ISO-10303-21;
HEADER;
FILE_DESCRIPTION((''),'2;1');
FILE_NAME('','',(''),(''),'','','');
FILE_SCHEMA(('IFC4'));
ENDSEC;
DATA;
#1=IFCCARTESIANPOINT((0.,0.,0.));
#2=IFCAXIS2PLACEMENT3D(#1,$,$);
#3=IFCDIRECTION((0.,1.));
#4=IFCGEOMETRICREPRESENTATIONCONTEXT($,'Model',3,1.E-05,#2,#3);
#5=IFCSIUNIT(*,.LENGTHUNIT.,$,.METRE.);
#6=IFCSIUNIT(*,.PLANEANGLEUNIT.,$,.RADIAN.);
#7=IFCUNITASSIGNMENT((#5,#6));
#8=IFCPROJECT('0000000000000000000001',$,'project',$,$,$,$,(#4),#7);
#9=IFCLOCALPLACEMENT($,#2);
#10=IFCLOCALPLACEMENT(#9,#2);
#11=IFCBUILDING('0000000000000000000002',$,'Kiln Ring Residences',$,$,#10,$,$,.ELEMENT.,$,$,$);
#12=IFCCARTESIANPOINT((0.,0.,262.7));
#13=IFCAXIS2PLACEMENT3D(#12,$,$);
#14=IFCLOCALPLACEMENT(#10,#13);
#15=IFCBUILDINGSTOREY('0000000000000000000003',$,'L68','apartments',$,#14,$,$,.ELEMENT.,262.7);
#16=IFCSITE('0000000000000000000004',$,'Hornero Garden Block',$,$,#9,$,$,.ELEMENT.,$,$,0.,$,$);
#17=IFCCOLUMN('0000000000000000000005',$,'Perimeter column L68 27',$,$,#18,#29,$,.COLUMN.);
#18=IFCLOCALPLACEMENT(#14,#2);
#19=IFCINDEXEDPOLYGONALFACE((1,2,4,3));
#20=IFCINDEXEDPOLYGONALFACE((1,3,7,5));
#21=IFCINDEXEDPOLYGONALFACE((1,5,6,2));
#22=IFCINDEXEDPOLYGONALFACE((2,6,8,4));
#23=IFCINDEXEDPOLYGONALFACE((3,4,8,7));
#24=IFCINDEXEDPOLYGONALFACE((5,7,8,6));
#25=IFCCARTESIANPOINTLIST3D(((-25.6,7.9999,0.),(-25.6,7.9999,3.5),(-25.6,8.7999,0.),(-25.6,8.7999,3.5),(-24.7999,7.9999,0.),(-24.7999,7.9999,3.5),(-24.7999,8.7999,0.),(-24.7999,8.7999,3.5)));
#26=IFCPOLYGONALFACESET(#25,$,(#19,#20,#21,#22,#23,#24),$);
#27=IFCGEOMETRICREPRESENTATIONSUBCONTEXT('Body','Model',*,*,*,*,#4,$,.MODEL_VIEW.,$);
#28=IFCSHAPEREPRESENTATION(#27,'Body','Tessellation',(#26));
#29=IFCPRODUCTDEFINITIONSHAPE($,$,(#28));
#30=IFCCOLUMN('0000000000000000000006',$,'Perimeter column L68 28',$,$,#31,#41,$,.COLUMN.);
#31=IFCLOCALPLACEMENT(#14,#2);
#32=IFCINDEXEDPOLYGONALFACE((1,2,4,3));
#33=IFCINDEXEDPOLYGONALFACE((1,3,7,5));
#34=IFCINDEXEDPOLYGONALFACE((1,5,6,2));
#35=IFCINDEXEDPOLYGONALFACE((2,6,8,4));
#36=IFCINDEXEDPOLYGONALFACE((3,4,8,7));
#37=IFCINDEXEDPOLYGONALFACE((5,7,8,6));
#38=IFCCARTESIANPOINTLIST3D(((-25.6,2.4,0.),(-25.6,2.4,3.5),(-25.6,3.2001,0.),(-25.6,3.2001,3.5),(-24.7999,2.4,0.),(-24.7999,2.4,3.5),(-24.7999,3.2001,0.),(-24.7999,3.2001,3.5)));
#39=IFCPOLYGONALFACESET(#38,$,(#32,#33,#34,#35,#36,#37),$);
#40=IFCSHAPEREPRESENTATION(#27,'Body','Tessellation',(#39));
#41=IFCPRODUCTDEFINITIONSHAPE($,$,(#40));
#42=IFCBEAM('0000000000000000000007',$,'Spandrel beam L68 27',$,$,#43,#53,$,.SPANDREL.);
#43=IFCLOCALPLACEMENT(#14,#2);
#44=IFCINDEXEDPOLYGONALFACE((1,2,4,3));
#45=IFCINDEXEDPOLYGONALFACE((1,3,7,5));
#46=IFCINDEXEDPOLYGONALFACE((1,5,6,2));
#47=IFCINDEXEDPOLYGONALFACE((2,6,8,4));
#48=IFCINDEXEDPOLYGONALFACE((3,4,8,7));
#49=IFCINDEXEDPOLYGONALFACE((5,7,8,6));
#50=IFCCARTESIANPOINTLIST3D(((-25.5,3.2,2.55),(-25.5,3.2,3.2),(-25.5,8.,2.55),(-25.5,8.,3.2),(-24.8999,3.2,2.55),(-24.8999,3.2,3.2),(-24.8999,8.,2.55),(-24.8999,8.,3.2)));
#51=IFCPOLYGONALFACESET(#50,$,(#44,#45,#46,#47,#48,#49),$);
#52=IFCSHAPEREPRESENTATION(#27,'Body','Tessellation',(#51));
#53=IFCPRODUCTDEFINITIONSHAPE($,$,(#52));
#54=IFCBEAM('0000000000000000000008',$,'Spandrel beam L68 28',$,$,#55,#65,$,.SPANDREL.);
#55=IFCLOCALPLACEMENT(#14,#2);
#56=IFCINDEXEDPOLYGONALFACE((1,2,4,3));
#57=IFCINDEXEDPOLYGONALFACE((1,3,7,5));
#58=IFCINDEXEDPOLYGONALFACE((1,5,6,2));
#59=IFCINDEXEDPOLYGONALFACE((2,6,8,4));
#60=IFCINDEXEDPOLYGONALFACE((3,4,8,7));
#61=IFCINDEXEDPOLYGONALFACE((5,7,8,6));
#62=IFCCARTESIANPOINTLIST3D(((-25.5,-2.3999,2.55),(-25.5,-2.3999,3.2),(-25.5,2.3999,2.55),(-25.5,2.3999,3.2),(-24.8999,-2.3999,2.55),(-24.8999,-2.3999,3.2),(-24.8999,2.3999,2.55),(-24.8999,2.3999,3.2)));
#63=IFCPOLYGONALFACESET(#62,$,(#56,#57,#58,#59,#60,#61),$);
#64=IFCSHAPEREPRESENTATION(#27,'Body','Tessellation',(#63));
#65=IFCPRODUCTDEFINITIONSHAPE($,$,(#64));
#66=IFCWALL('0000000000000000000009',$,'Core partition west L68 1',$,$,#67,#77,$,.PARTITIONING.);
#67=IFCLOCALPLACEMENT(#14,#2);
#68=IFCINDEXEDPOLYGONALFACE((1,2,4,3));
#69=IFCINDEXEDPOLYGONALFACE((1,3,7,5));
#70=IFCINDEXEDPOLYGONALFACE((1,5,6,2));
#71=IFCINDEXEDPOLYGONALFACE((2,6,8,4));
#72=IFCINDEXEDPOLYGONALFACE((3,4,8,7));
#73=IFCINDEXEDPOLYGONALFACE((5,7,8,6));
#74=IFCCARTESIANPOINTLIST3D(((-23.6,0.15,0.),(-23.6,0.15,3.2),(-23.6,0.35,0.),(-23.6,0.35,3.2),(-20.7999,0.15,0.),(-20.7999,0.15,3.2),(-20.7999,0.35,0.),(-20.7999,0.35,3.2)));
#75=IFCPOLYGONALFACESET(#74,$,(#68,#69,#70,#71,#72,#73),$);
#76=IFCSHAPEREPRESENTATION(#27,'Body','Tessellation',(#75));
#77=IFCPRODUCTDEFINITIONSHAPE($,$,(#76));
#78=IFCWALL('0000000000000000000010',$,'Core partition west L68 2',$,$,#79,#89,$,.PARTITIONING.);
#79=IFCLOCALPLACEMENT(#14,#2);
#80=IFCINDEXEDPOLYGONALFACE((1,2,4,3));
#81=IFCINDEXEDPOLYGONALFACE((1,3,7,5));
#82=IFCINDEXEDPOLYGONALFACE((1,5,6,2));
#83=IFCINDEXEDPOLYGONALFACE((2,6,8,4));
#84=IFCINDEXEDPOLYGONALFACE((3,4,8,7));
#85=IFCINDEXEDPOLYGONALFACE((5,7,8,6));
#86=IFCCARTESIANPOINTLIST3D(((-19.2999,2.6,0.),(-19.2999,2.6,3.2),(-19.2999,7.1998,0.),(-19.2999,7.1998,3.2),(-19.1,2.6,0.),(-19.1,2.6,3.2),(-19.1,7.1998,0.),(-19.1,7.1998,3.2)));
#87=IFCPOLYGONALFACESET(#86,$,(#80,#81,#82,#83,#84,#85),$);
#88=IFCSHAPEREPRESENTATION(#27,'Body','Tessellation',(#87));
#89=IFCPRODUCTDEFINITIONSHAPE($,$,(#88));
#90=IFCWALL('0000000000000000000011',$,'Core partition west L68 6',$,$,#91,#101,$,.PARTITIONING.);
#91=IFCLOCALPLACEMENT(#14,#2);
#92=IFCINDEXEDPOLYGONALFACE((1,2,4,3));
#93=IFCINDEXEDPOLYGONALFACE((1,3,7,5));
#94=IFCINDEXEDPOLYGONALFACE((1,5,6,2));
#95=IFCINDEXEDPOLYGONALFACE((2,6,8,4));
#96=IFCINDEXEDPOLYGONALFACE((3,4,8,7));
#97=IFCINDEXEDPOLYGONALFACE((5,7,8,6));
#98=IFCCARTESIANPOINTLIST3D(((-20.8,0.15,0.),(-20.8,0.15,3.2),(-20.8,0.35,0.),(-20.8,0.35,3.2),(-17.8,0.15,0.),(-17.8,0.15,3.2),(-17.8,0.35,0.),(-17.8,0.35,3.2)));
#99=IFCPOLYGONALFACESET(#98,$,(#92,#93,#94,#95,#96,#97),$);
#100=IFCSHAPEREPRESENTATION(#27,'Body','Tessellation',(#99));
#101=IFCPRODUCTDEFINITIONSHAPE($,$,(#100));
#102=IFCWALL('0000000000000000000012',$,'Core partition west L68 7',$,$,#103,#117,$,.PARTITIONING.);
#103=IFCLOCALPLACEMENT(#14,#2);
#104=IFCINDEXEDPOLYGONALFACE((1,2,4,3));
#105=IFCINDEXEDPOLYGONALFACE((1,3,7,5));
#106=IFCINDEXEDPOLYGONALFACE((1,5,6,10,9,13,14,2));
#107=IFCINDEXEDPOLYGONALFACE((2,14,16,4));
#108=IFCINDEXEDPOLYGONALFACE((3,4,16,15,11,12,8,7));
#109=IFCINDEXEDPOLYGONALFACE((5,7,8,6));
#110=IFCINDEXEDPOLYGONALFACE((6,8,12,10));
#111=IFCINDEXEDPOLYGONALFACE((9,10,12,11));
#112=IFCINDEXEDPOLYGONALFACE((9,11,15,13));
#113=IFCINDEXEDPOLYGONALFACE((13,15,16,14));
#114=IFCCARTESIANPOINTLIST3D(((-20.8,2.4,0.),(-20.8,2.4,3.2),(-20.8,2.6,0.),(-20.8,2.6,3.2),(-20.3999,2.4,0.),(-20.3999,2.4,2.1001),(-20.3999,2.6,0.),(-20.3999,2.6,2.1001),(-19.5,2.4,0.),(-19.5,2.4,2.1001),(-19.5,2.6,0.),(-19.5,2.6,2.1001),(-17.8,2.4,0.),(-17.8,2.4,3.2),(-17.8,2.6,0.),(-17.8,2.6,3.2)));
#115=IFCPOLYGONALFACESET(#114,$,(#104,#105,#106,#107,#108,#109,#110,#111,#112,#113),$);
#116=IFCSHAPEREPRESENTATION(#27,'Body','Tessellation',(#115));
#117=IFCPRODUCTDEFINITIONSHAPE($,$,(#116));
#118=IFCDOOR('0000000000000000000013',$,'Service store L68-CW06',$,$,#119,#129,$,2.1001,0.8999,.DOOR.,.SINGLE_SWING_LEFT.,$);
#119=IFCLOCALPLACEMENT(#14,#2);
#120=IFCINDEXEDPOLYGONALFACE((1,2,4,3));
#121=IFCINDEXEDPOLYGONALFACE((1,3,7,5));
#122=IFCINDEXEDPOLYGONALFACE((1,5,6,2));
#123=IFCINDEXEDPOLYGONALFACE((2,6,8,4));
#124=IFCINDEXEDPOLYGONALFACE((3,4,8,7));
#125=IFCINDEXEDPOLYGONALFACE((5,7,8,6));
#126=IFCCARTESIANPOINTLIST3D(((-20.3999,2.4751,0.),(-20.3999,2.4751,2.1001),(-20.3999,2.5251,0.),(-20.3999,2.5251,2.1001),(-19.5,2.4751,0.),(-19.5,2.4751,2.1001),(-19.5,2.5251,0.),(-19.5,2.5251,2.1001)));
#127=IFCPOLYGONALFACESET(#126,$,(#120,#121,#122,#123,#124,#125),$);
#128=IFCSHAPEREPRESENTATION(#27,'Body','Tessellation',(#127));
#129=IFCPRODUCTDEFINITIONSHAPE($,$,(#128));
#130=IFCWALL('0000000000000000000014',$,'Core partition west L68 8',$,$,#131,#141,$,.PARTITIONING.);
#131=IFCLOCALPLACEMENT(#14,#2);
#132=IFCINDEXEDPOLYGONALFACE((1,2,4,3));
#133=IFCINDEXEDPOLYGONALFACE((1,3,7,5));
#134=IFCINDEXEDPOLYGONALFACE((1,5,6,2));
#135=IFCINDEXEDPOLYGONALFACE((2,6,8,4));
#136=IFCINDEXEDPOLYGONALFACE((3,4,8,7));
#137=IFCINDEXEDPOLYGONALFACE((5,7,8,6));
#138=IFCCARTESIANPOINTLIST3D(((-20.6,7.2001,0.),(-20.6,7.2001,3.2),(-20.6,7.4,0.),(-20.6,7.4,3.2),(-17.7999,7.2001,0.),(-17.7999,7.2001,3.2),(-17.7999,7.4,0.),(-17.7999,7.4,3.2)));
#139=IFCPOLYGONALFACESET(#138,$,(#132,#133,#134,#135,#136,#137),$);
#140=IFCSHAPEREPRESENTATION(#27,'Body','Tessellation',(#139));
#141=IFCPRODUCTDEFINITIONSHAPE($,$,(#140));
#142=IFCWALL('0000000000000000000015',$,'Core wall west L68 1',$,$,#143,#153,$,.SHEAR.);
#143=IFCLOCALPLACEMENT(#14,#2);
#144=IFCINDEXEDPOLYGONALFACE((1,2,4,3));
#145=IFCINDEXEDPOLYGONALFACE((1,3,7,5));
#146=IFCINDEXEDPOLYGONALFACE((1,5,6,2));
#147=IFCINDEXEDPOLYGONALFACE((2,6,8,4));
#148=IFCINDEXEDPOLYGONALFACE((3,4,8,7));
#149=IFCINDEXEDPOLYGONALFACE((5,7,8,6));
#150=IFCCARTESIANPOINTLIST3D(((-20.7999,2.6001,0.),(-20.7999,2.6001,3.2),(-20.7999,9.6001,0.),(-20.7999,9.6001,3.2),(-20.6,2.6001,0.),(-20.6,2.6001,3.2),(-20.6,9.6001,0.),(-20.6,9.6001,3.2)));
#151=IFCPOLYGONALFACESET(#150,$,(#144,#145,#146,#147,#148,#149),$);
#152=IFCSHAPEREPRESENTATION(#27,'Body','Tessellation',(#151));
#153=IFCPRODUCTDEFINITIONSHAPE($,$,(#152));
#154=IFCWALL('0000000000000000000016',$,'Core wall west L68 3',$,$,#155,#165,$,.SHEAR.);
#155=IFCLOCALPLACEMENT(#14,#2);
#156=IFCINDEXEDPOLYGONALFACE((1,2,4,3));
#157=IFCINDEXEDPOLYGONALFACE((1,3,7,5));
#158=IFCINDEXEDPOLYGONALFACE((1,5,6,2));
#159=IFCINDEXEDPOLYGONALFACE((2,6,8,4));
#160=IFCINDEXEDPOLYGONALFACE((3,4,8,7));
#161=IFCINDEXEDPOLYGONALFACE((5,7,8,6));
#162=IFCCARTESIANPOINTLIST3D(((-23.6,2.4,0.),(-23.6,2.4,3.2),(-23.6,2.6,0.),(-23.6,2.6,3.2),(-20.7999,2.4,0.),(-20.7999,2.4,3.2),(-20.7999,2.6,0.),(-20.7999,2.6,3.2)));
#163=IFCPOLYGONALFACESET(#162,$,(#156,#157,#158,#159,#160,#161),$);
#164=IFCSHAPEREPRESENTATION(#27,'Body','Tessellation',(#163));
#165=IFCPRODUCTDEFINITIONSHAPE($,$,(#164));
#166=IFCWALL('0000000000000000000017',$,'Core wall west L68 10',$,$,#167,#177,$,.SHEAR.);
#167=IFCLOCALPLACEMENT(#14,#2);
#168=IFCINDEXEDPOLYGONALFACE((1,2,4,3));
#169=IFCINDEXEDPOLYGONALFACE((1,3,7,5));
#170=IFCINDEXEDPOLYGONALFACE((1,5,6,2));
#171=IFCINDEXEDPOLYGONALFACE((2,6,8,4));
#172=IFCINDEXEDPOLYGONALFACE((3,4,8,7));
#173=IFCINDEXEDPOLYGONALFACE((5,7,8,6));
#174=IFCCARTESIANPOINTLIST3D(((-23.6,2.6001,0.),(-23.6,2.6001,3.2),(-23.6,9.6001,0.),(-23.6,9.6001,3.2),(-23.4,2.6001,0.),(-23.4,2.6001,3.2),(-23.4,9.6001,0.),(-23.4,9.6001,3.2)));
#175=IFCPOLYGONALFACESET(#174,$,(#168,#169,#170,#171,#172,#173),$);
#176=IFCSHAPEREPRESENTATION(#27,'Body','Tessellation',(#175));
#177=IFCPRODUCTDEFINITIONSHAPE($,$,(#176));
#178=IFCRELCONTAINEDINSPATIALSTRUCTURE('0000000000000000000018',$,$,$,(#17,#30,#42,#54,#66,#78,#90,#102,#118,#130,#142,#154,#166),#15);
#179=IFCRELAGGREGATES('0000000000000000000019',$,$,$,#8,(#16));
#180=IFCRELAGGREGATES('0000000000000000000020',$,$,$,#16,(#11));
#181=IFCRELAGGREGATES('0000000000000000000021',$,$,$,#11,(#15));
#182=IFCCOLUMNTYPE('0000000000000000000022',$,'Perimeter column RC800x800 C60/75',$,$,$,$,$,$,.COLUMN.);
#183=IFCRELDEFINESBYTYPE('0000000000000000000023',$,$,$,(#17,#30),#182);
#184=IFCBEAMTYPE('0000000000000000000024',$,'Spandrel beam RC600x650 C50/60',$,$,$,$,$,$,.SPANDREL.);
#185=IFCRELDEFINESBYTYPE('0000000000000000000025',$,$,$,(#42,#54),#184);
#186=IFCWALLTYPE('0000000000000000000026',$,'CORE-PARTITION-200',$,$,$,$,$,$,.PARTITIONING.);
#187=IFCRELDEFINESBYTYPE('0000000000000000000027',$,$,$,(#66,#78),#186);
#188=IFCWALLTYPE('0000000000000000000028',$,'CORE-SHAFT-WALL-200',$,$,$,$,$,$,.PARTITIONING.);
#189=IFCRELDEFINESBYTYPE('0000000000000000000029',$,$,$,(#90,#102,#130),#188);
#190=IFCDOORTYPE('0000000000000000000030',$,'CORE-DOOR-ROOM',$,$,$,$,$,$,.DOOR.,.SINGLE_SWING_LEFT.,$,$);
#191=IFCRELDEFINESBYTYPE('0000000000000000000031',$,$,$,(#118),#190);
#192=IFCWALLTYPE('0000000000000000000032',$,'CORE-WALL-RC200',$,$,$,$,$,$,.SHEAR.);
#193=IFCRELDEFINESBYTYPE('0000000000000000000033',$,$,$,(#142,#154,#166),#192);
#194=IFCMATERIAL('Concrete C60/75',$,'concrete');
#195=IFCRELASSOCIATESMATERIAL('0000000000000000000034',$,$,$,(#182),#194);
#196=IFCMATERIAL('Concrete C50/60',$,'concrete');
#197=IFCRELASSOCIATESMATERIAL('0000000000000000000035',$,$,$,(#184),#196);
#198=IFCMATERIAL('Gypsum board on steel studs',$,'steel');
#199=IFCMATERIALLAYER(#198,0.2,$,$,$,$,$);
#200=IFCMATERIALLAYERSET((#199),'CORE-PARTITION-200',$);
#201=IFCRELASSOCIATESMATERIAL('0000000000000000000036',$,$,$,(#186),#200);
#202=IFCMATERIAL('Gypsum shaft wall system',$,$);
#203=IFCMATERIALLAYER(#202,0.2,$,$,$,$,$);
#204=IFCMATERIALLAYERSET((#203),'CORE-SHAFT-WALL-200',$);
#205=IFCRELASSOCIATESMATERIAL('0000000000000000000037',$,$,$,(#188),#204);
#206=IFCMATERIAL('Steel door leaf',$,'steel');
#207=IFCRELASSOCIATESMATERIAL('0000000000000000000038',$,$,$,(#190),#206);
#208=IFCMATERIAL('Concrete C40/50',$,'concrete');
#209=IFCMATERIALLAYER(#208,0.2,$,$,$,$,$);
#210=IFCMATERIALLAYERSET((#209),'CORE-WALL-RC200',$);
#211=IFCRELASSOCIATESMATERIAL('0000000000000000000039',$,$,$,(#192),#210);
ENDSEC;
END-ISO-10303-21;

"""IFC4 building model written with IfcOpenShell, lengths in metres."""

from ifc_helpers import new_model, si_unit, direction, frame, frame_2d, origin, origin_2d, place, context, subcontext, project, spatial, rectangle, extrude, material, layer, layer_set, material_profile, profile_set, type_object, element, fill, save


model = new_model("IFC4")

# Units and contexts
model_context = context("Model", 3, precision=1e-05, world=origin(), true_north=direction((0.0, 1.0)))
body_context = subcontext(model_context, "Body", "Model", "MODEL_VIEW")
ifc_project = project(units=[si_unit("LENGTHUNIT", "METRE"), si_unit("PLANEANGLEUNIT", "RADIAN")], contexts=[model_context])

# Site, building, storey
site_placement = place(None, origin())
site = spatial("IfcSite", under=ifc_project, at=site_placement, Name="Hornero Garden Block", CompositionType="ELEMENT", RefElevation=0.0)
building_placement = place(site_placement, origin())
building = spatial("IfcBuilding", under=site, at=building_placement, Name="Kiln Ring Residences", CompositionType="ELEMENT")
storey_placement = place(building_placement, frame((0.0, 0.0, 262.7)))
storey = spatial("IfcBuildingStorey", under=building, at=storey_placement, Name="L68", Description="apartments", CompositionType="ELEMENT", Elevation=262.7)

# Columns
ifc_material_1 = material(Name="Concrete C60/75", Category="concrete")
ifc_material_profile_1 = material_profile(ifc_material_1, rectangle(XDim=0.8, YDim=0.8, at=origin_2d()), Name="RC800x800")
ifc_profile_set_1 = profile_set([ifc_material_profile_1], Name="Concrete C60/75")
column_type = type_object("IfcColumnType", Name="Perimeter column RC800x800 C60/75", PredefinedType="COLUMN", material=ifc_profile_set_1)
for number, where, z_axis, x_axis, name in (
    (1, (-25.2, 8.3999, 0.0), (0.0, 0.0, 1.0), (1.0, 0.0, 0.0), "Perimeter column L68 27"),
    (2, (-25.2, 2.8, 0.0), (0.0, 0.0, 1.0), (1.0, 0.0, 0.0), "Perimeter column L68 28"),
):
    element("IfcColumn", number, at=place(storey_placement, frame(where, z_axis=z_axis, x_axis=x_axis)), inside=storey, type_object=column_type, Name=name, PredefinedType="COLUMN", context=body_context, shape_type="SweptSolid", body=[
        extrude(rectangle(XDim=0.8, YDim=0.8, at=origin_2d()), origin(), (0.0, 0.0, 1.0), 3.5),
    ])

# Beams
ifc_material_2 = material(Name="Concrete C50/60", Category="concrete")
ifc_material_profile_2 = material_profile(ifc_material_2, rectangle(XDim=0.6001, YDim=0.6499, at=origin_2d()), Name="RC600x650")
ifc_profile_set_2 = profile_set([ifc_material_profile_2], Name="Concrete C50/60")
beam_type = type_object("IfcBeamType", Name="Spandrel beam RC600x650 C50/60", PredefinedType="SPANDREL", material=ifc_profile_set_2)
beam_1_placement = place(storey_placement, frame((-25.2, 8.0, 2.875), z_axis=(0.0, -1.0, 0.0), x_axis=(1.0, 0.0, 0.0)))
element("IfcBeam", 3, at=beam_1_placement, inside=storey, type_object=beam_type, Name="Spandrel beam L68 27", PredefinedType="SPANDREL", context=body_context, shape_type="SweptSolid", body=[
    extrude(rectangle(XDim=0.6001, YDim=0.6499, at=origin_2d()), origin(), (0.0, 0.0, 1.0), 4.8),
])
beam_2_placement = place(storey_placement, frame((-25.2, 2.3999, 2.875), z_axis=(0.0, -1.0, 0.0), x_axis=(1.0, 0.0, 0.0)))
element("IfcBeam", 4, at=beam_2_placement, inside=storey, type_object=beam_type, Name="Spandrel beam L68 28", PredefinedType="SPANDREL", context=body_context, shape_type="SweptSolid", body=[
    extrude(rectangle(XDim=0.6001, YDim=0.6499, at=origin_2d()), origin(), (0.0, 0.0, 1.0), 4.7998),
])

# Walls
ifc_material_3 = material(Name="Gypsum board on steel studs", Category="steel")
ifc_layer_1 = layer(ifc_material_3, 0.2)
ifc_layer_set_1 = layer_set([ifc_layer_1], Name="CORE-PARTITION-200")
wall_type_1 = type_object("IfcWallType", Name="CORE-PARTITION-200", PredefinedType="PARTITIONING", material=ifc_layer_set_1)
wall_1_placement = place(storey_placement, frame((-20.8, 0.25, 0.0), z_axis=(0.0, 0.0, 1.0), x_axis=(-1.0, 0.0, 0.0)))
element("IfcWall", 5, at=wall_1_placement, inside=storey, type_object=wall_type_1, Name="Core partition west L68 1", PredefinedType="PARTITIONING", context=body_context, shape_type="SweptSolid", body=[
    extrude(rectangle(XDim=2.8, YDim=0.2, at=frame_2d((1.3999, 0.0))), origin(), (0.0, 0.0, 1.0), 3.2),
])
wall_2_placement = place(storey_placement, frame((-19.2, 2.6001, 0.0), z_axis=(0.0, 0.0, 1.0), x_axis=(0.0, 1.0, 0.0)))
element("IfcWall", 6, at=wall_2_placement, inside=storey, type_object=wall_type_1, Name="Core partition west L68 2", PredefinedType="PARTITIONING", context=body_context, shape_type="SweptSolid", body=[
    extrude(rectangle(XDim=4.5999, YDim=0.2, at=frame_2d((2.2998, 0.0))), origin(), (0.0, 0.0, 1.0), 3.2),
])
ifc_material_4 = material(Name="Gypsum shaft wall system")
ifc_layer_2 = layer(ifc_material_4, 0.2)
ifc_layer_set_2 = layer_set([ifc_layer_2], Name="CORE-SHAFT-WALL-200")
wall_type_2 = type_object("IfcWallType", Name="CORE-SHAFT-WALL-200", PredefinedType="PARTITIONING", material=ifc_layer_set_2)
wall_3_placement = place(storey_placement, frame((-17.8, 0.25, 0.0), z_axis=(0.0, 0.0, 1.0), x_axis=(-1.0, 0.0, 0.0)))
element("IfcWall", 7, at=wall_3_placement, inside=storey, type_object=wall_type_2, Name="Core partition west L68 6", PredefinedType="PARTITIONING", context=body_context, shape_type="SweptSolid", body=[
    extrude(rectangle(XDim=3.0, YDim=0.2, at=frame_2d((1.5, 0.0))), origin(), (0.0, 0.0, 1.0), 3.2),
])

# Wall, opening, door
wall_4_placement = place(storey_placement, frame((-17.8, 2.5, 0.0), z_axis=(0.0, 0.0, 1.0), x_axis=(-1.0, 0.0, 0.0)))
wall_4 = element("IfcWall", 8, at=wall_4_placement, inside=storey, type_object=wall_type_2, Name="Core partition west L68 7", PredefinedType="PARTITIONING", context=body_context, shape_type="SweptSolid", body=[
    extrude(rectangle(XDim=3.0, YDim=0.2, at=frame_2d((1.5, 0.0))), origin(), (0.0, 0.0, 1.0), 3.2),
])
opening_placement = place(wall_4_placement, frame((1.7, 0.0, 0.0)))
opening = element("IfcOpeningElement", 9, at=opening_placement, cuts=wall_4, PredefinedType="OPENING", context=body_context, shape_type="SweptSolid", body=[
    extrude(rectangle(XDim=0.8999, YDim=2.1001, at=frame_2d((0.45, 1.05))), frame((0.0, 0.1099, 0.0), z_axis=(0.0, -1.0, 0.0), x_axis=(1.0, 0.0, 0.0)), (0.0, 0.0, 1.0), 0.22),
])
ifc_material_5 = material(Name="Steel door leaf", Category="steel")
door_type = type_object("IfcDoorType", Name="CORE-DOOR-ROOM", OperationType="SINGLE_SWING_LEFT", PredefinedType="DOOR", material=ifc_material_5)
door_placement = place(opening_placement, origin())
door = element("IfcDoor", 10, at=door_placement, inside=storey, type_object=door_type, Name="Service store L68-CW06", OperationType="SINGLE_SWING_LEFT", OverallHeight=2.1001, OverallWidth=0.8999, PredefinedType="DOOR", context=body_context, shape_type="SweptSolid", body=[
    extrude(rectangle(XDim=0.8999, YDim=2.1001, at=frame_2d((0.45, 1.05))), frame((0.0, 0.0249, 0.0), z_axis=(0.0, -1.0, 0.0), x_axis=(1.0, 0.0, 0.0)), (0.0, 0.0, 1.0), 0.05),
])
fill(opening, door)

# Walls
wall_5_placement = place(storey_placement, frame((-17.8, 7.3, 0.0), z_axis=(0.0, 0.0, 1.0), x_axis=(-1.0, 0.0, 0.0)))
element("IfcWall", 11, at=wall_5_placement, inside=storey, type_object=wall_type_2, Name="Core partition west L68 8", PredefinedType="PARTITIONING", context=body_context, shape_type="SweptSolid", body=[
    extrude(rectangle(XDim=2.8, YDim=0.2, at=frame_2d((1.3999, 0.0))), origin(), (0.0, 0.0, 1.0), 3.2),
])
ifc_material_6 = material(Name="Concrete C40/50", Category="concrete")
ifc_layer_3 = layer(ifc_material_6, 0.2)
ifc_layer_set_3 = layer_set([ifc_layer_3], Name="CORE-WALL-RC200")
wall_type_3 = type_object("IfcWallType", Name="CORE-WALL-RC200", PredefinedType="SHEAR", material=ifc_layer_set_3)
wall_6_placement = place(storey_placement, frame((-20.7, 2.6001, 0.0), z_axis=(0.0, 0.0, 1.0), x_axis=(0.0, 1.0, 0.0)))
element("IfcWall", 12, at=wall_6_placement, inside=storey, type_object=wall_type_3, Name="Core wall west L68 1", PredefinedType="SHEAR", context=body_context, shape_type="SweptSolid", body=[
    extrude(rectangle(XDim=7.0, YDim=0.2, at=frame_2d((3.5, 0.0))), origin(), (0.0, 0.0, 1.0), 3.2),
])
wall_7_placement = place(storey_placement, frame((-20.8, 2.5, 0.0), z_axis=(0.0, 0.0, 1.0), x_axis=(-1.0, 0.0, 0.0)))
element("IfcWall", 13, at=wall_7_placement, inside=storey, type_object=wall_type_3, Name="Core wall west L68 3", PredefinedType="SHEAR", context=body_context, shape_type="SweptSolid", body=[
    extrude(rectangle(XDim=2.8, YDim=0.2, at=frame_2d((1.3999, 0.0))), origin(), (0.0, 0.0, 1.0), 3.2),
])
wall_8_placement = place(storey_placement, frame((-23.5, 2.6001, 0.0), z_axis=(0.0, 0.0, 1.0), x_axis=(0.0, 1.0, 0.0)))
element("IfcWall", 14, at=wall_8_placement, inside=storey, type_object=wall_type_3, Name="Core wall west L68 10", PredefinedType="SHEAR", context=body_context, shape_type="SweptSolid", body=[
    extrude(rectangle(XDim=7.0, YDim=0.2, at=frame_2d((3.5, 0.0))), origin(), (0.0, 0.0, 1.0), 3.2),
])

save(model, "model.ifc")
